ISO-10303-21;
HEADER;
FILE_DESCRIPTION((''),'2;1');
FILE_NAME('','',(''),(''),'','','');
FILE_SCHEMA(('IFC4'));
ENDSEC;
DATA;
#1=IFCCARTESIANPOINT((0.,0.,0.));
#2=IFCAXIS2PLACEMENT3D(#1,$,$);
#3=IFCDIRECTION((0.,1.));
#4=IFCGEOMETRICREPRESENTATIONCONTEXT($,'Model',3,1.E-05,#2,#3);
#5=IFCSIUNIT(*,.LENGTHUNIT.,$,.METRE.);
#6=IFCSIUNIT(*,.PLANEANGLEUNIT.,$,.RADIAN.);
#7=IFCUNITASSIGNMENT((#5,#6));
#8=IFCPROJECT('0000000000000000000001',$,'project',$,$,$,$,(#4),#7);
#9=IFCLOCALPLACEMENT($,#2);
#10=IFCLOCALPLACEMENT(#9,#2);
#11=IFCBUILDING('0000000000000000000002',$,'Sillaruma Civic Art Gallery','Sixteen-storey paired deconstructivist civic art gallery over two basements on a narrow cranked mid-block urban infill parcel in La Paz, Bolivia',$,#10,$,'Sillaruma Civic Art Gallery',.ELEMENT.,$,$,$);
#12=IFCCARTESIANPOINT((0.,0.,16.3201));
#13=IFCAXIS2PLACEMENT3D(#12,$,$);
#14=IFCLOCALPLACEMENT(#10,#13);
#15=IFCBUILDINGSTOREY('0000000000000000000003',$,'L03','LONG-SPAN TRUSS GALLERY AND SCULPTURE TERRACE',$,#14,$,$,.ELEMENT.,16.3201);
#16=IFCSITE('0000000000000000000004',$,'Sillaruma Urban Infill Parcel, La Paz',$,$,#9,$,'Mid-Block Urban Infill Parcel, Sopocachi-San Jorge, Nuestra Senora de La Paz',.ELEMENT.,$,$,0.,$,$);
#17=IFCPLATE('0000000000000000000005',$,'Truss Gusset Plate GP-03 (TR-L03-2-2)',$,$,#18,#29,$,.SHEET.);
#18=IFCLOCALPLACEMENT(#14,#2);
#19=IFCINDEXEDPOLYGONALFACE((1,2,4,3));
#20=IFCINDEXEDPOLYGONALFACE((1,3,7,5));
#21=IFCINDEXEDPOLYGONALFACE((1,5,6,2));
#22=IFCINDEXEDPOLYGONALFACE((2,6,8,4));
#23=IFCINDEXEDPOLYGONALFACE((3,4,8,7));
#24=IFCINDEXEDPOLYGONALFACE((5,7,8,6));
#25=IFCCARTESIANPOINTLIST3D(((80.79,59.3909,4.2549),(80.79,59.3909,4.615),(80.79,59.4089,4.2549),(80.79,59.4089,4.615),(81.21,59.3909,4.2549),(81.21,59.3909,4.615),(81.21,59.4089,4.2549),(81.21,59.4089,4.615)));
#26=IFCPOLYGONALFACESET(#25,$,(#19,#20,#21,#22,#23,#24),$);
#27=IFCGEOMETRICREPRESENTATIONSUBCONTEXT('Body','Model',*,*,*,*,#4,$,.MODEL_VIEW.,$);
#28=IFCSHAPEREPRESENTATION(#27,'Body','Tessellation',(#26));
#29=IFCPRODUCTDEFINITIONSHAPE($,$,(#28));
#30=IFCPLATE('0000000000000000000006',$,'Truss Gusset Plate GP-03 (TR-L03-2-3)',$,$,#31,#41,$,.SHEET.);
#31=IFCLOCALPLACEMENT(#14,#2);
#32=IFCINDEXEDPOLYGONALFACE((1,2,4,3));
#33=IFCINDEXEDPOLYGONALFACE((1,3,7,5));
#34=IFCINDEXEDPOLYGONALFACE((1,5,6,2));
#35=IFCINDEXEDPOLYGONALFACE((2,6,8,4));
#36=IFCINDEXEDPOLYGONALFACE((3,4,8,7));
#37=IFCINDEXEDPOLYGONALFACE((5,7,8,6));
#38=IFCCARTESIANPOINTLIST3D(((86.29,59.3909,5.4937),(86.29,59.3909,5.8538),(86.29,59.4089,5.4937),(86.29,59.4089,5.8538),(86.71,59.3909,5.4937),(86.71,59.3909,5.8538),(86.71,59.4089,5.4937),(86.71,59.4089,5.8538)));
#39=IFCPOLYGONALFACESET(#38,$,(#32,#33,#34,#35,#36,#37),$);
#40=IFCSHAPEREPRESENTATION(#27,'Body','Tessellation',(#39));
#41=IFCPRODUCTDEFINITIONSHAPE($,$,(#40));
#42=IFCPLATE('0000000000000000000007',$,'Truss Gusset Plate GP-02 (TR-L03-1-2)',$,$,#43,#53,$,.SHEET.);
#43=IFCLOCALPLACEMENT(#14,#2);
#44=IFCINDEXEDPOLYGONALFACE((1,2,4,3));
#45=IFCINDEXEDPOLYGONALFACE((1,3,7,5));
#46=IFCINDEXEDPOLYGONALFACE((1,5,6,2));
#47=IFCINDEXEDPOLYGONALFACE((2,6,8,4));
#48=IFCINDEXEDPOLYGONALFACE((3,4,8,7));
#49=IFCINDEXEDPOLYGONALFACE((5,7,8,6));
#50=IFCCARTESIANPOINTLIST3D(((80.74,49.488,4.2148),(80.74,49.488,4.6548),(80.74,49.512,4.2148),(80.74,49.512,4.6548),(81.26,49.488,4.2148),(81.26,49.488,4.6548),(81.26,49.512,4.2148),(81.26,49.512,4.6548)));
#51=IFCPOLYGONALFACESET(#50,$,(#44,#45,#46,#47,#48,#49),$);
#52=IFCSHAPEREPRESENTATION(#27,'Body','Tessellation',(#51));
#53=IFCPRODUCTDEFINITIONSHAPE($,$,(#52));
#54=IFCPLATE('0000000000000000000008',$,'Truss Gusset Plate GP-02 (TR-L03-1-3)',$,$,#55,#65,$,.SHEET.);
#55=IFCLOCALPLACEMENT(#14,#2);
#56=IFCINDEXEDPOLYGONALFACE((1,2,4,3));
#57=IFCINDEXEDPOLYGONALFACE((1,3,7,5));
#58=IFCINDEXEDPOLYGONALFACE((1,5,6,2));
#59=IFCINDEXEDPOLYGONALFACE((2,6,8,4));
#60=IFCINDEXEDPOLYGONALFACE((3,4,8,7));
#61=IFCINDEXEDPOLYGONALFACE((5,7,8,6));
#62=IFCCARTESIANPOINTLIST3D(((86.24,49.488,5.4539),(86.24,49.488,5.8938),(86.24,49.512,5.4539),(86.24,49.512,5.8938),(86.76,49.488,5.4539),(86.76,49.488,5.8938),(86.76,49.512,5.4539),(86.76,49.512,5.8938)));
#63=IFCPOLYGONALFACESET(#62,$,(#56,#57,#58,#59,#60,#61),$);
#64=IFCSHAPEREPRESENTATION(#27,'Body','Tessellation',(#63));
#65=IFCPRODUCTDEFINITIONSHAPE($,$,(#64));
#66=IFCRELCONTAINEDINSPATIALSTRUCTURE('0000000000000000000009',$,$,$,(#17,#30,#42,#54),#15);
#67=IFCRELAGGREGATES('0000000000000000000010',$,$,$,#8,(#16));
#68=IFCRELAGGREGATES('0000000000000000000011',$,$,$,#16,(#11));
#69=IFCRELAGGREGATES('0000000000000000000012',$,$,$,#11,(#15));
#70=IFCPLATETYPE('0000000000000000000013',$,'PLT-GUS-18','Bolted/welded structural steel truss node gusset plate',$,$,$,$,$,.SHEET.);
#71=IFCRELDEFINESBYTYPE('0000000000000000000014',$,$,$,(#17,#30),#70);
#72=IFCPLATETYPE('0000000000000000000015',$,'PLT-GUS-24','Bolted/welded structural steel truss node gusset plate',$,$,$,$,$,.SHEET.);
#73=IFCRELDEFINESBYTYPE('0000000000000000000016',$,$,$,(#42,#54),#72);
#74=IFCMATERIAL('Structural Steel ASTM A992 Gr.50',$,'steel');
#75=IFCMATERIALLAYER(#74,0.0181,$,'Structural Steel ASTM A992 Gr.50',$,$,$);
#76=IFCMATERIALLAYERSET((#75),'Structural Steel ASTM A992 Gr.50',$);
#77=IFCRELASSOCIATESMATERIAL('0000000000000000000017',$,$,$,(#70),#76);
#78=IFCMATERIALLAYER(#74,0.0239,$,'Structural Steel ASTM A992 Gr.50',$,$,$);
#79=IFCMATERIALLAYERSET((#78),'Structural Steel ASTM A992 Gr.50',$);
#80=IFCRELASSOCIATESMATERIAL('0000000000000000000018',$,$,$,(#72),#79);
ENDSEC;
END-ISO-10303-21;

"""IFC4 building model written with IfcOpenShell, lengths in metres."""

from ifc_helpers import new_model, si_unit, direction, frame, origin, origin_2d, place, context, subcontext, project, spatial, rectangle, extrude, material, layer, layer_set, type_object, element, save


model = new_model("IFC4")

# Units and contexts
model_context = context("Model", 3, precision=1e-05, world=origin(), true_north=direction((0.0, 1.0)))
body_context = subcontext(model_context, "Body", "Model", "MODEL_VIEW")
ifc_project = project(units=[si_unit("LENGTHUNIT", "METRE"), si_unit("PLANEANGLEUNIT", "RADIAN")], contexts=[model_context])

# Site, building, storey
site_placement = place(None, origin())
site = spatial("IfcSite", under=ifc_project, at=site_placement, Name="Sillaruma Urban Infill Parcel, La Paz", LongName="Mid-Block Urban Infill Parcel, Sopocachi-San Jorge, Nuestra Senora de La Paz", CompositionType="ELEMENT", RefElevation=0.0)
building_placement = place(site_placement, origin())
building = spatial("IfcBuilding", under=site, at=building_placement, Name="Sillaruma Civic Art Gallery", Description="Sixteen-storey paired deconstructivist civic art gallery over two basements on a narrow cranked mid-block urban infill parcel in La Paz, Bolivia", LongName="Sillaruma Civic Art Gallery", CompositionType="ELEMENT")
storey_placement = place(building_placement, frame((0.0, 0.0, 16.3201)))
storey = spatial("IfcBuildingStorey", under=building, at=storey_placement, Name="L03", Description="LONG-SPAN TRUSS GALLERY AND SCULPTURE TERRACE", CompositionType="ELEMENT", Elevation=16.3201)

# Shared definitions
ifc_material_1 = material(Name="Structural Steel ASTM A992 Gr.50", Category="steel")

# Plates
ifc_layer_1 = layer(ifc_material_1, 0.0181, Name="Structural Steel ASTM A992 Gr.50")
ifc_layer_set_1 = layer_set([ifc_layer_1], Name="Structural Steel ASTM A992 Gr.50")
plate_type_1 = type_object("IfcPlateType", Name="PLT-GUS-18", Description="Bolted/welded structural steel truss node gusset plate", PredefinedType="SHEET", material=ifc_layer_set_1)
for number, where, z_axis, x_axis, name in (
    (1, (81.0, 59.3999, 4.2549), (0.0, 0.0, 1.0), (1.0, 0.0, 0.0), "Truss Gusset Plate GP-03 (TR-L03-2-2)"),
    (2, (86.5, 59.3999, 5.4937), (0.0, 0.0, 1.0), (1.0, 0.0, 0.0), "Truss Gusset Plate GP-03 (TR-L03-2-3)"),
):
    element("IfcPlate", number, at=place(storey_placement, frame(where, z_axis=z_axis, x_axis=x_axis)), inside=storey, type_object=plate_type_1, Name=name, PredefinedType="SHEET", context=body_context, shape_type="SweptSolid", body=[
        extrude(rectangle(XDim=0.4199, YDim=0.0181, at=origin_2d()), origin(), (0.0, 0.0, 1.0), 0.3601),
    ])
ifc_layer_2 = layer(ifc_material_1, 0.0239, Name="Structural Steel ASTM A992 Gr.50")
ifc_layer_set_2 = layer_set([ifc_layer_2], Name="Structural Steel ASTM A992 Gr.50")
plate_type_2 = type_object("IfcPlateType", Name="PLT-GUS-24", Description="Bolted/welded structural steel truss node gusset plate", PredefinedType="SHEET", material=ifc_layer_set_2)
for number, where, z_axis, x_axis, name in (
    (3, (81.0, 49.5, 4.2148), (0.0, 0.0, 1.0), (1.0, 0.0, 0.0), "Truss Gusset Plate GP-02 (TR-L03-1-2)"),
    (4, (86.5, 49.5, 5.4539), (0.0, 0.0, 1.0), (1.0, 0.0, 0.0), "Truss Gusset Plate GP-02 (TR-L03-1-3)"),
):
    element("IfcPlate", number, at=place(storey_placement, frame(where, z_axis=z_axis, x_axis=x_axis)), inside=storey, type_object=plate_type_2, Name=name, PredefinedType="SHEET", context=body_context, shape_type="SweptSolid", body=[
        extrude(rectangle(XDim=0.52, YDim=0.0239, at=origin_2d()), origin(), (0.0, 0.0, 1.0), 0.4399),
    ])

save(model, "model.ifc")
